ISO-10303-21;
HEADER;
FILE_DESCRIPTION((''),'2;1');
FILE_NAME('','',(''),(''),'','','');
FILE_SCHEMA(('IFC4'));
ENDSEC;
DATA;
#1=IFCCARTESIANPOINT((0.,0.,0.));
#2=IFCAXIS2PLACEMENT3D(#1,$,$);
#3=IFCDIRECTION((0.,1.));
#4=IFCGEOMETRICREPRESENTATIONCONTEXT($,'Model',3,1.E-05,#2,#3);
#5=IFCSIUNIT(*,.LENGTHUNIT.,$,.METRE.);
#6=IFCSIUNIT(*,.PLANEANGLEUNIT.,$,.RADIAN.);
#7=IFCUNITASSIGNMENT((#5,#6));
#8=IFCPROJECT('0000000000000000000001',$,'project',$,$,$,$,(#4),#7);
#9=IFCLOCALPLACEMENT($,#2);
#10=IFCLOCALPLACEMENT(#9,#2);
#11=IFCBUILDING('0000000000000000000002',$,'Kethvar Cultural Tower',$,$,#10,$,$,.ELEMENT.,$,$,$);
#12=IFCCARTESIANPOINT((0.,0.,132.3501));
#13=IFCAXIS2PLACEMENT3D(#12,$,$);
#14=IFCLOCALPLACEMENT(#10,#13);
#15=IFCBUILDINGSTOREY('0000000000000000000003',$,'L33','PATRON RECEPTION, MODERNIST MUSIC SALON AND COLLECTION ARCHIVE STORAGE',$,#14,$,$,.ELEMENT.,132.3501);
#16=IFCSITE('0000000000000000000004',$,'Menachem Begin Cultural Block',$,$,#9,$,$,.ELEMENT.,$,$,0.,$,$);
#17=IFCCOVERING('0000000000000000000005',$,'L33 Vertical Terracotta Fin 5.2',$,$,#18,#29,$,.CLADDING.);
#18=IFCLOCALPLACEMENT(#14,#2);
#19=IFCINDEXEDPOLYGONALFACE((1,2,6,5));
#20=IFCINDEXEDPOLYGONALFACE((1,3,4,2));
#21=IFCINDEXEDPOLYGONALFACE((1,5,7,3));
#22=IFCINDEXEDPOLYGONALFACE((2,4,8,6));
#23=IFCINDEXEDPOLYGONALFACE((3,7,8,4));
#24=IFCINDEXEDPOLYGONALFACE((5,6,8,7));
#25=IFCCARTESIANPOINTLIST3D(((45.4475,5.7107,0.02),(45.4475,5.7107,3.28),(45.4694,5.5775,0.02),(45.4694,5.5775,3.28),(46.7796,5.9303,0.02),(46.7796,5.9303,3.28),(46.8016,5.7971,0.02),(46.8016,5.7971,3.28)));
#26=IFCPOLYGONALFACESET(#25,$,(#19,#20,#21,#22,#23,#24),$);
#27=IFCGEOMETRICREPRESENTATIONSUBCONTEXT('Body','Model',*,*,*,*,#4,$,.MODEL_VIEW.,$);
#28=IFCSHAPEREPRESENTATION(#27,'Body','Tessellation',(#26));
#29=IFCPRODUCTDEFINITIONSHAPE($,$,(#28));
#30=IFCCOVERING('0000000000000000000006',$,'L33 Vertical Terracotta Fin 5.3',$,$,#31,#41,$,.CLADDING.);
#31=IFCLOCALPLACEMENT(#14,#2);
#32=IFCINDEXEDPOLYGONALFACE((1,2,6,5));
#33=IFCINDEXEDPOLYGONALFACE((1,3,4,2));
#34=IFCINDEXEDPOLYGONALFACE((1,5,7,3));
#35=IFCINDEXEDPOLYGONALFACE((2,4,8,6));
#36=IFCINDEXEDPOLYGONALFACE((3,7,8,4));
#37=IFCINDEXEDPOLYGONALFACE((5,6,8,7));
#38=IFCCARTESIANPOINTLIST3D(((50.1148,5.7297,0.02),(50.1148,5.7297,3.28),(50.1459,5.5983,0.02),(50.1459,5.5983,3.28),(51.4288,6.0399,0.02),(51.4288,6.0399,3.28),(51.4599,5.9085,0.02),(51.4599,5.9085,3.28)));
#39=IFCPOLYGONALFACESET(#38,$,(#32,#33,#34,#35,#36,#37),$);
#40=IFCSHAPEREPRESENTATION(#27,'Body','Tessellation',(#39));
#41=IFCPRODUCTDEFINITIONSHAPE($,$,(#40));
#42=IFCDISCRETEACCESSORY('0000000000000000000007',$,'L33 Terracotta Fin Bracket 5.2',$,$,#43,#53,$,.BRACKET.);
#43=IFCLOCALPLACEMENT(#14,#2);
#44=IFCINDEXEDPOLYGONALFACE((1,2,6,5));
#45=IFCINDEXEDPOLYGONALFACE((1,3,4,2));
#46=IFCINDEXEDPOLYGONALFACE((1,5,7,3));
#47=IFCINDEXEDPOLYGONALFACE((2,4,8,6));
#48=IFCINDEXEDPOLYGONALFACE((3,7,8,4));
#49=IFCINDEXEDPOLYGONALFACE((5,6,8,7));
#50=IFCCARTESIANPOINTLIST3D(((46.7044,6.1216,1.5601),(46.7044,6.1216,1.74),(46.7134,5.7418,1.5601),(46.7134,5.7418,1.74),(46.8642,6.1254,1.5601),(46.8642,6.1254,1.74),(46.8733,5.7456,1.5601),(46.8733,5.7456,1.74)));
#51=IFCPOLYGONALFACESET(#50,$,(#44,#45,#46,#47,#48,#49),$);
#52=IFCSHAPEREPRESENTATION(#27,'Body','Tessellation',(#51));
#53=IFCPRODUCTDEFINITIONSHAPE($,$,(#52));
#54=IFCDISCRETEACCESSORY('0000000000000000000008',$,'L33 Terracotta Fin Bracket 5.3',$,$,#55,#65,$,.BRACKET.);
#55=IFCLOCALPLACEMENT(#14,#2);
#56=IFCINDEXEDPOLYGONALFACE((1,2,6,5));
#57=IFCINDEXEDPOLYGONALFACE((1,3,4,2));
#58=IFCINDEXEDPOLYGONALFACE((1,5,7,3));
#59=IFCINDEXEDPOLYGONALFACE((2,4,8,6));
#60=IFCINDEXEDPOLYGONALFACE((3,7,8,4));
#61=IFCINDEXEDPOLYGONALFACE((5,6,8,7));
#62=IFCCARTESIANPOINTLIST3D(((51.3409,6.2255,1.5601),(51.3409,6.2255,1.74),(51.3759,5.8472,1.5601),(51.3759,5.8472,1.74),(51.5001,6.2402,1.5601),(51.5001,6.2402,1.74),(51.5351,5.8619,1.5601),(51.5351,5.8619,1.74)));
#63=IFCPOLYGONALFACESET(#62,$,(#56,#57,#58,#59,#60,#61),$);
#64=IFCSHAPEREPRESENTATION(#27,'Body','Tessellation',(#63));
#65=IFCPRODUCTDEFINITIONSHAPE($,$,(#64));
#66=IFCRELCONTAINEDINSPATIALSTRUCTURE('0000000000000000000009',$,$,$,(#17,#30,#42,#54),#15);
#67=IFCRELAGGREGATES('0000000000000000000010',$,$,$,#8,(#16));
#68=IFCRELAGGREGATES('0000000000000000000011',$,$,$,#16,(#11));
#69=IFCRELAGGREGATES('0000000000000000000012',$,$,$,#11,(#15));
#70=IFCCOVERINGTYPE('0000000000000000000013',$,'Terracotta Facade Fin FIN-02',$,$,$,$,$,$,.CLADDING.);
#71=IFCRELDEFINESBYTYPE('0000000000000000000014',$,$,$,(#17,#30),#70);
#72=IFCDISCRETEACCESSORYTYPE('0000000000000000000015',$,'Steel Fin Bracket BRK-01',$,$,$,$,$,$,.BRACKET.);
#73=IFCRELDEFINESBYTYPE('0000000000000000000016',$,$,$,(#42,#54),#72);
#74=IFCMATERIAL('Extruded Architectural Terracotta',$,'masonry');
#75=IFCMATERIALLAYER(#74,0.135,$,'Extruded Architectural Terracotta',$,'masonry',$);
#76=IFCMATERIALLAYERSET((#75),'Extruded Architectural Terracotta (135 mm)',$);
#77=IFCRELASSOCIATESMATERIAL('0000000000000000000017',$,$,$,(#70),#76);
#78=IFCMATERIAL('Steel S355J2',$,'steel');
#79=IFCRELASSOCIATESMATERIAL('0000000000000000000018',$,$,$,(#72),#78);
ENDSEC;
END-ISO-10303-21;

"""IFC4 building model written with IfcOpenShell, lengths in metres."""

from ifc_helpers import new_model, si_unit, direction, frame, origin, origin_2d, place, context, subcontext, project, spatial, rectangle, extrude, source, transform, mapped, material, layer, layer_set, type_object, element, save


model = new_model("IFC4")

# Units and contexts
model_context = context("Model", 3, precision=1e-05, world=origin(), true_north=direction((0.0, 1.0)))
body_context = subcontext(model_context, "Body", "Model", "MODEL_VIEW")
ifc_project = project(units=[si_unit("LENGTHUNIT", "METRE"), si_unit("PLANEANGLEUNIT", "RADIAN")], contexts=[model_context])

# Site, building, storey
site_placement = place(None, origin())
site = spatial("IfcSite", under=ifc_project, at=site_placement, Name="Menachem Begin Cultural Block", CompositionType="ELEMENT", RefElevation=0.0)
building_placement = place(site_placement, origin())
building = spatial("IfcBuilding", under=site, at=building_placement, Name="Kethvar Cultural Tower", CompositionType="ELEMENT")
storey_placement = place(building_placement, frame((0.0, 0.0, 132.3501)))
storey = spatial("IfcBuildingStorey", under=building, at=storey_placement, Name="L33", Description="PATRON RECEPTION, MODERNIST MUSIC SALON AND COLLECTION ARCHIVE STORAGE", CompositionType="ELEMENT", Elevation=132.3501)

# Shared definitions
ifc_material_1 = material(Name="Steel S355J2", Category="steel")

# Coverings
ifc_material_2 = material(Name="Extruded Architectural Terracotta", Category="masonry")
ifc_layer_1 = layer(ifc_material_2, 0.135, Name="Extruded Architectural Terracotta", Category="masonry")
ifc_layer_set_1 = layer_set([ifc_layer_1], Name="Extruded Architectural Terracotta (135 mm)")
covering_type_1 = type_object("IfcCoveringType", Name="Terracotta Facade Fin FIN-02", PredefinedType="CLADDING", material=ifc_layer_set_1)
shared_shape_1 = source(origin(), body_context, "Body", "SweptSolid", [
    extrude(rectangle(XDim=1.3501, YDim=0.135, at=origin_2d()), origin(), (0.0, 0.0, 1.0), 3.26),
])
for number, where, z_axis, x_axis, name in (
    (1, (46.1245, 5.7539, 0.02), (0.0, 0.0, 1.0), (-0.986686, -0.162637, 0.0), "L33 Vertical Terracotta Fin 5.2"),
    (2, (50.7874, 5.8191, 0.02), (0.0, 0.0, 1.0), (-0.973259, -0.22971, 0.0), "L33 Vertical Terracotta Fin 5.3"),
):
    element("IfcCovering", number, at=place(storey_placement, frame(where, z_axis=z_axis, x_axis=x_axis)), inside=storey, type_object=covering_type_1, Name=name, PredefinedType="CLADDING", context=body_context, shape_type="MappedRepresentation", body=[
        mapped(shared_shape_1, transform((0.0, 0.0, 0.0), scale=1.0)),
    ])

# Discrete accessories
discrete_accessory_type = type_object("IfcDiscreteAccessoryType", Name="Steel Fin Bracket BRK-01", PredefinedType="BRACKET", material=ifc_material_1)
shared_shape_2 = source(origin(), body_context, "Body", "SweptSolid", [
    extrude(rectangle(XDim=0.3799, YDim=0.1599, at=origin_2d()), origin(), (0.0, 0.0, 1.0), 0.1799),
])
for number, where, z_axis, x_axis, name in (
    (3, (46.7888, 5.9336, 1.5601), (0.0, 0.0, 1.0), (0.023734, -0.999718, 0.0), "L33 Terracotta Fin Bracket 5.2"),
    (4, (51.438, 6.0437, 1.5601), (0.0, 0.0, 1.0), (0.092023, -0.995757, 0.0), "L33 Terracotta Fin Bracket 5.3"),
):
    element("IfcDiscreteAccessory", number, at=place(storey_placement, frame(where, z_axis=z_axis, x_axis=x_axis)), inside=storey, type_object=discrete_accessory_type, Name=name, PredefinedType="BRACKET", context=body_context, shape_type="MappedRepresentation", body=[
        mapped(shared_shape_2, transform((0.0, 0.0, 0.0), scale=1.0)),
    ])

save(model, "model.ifc")
